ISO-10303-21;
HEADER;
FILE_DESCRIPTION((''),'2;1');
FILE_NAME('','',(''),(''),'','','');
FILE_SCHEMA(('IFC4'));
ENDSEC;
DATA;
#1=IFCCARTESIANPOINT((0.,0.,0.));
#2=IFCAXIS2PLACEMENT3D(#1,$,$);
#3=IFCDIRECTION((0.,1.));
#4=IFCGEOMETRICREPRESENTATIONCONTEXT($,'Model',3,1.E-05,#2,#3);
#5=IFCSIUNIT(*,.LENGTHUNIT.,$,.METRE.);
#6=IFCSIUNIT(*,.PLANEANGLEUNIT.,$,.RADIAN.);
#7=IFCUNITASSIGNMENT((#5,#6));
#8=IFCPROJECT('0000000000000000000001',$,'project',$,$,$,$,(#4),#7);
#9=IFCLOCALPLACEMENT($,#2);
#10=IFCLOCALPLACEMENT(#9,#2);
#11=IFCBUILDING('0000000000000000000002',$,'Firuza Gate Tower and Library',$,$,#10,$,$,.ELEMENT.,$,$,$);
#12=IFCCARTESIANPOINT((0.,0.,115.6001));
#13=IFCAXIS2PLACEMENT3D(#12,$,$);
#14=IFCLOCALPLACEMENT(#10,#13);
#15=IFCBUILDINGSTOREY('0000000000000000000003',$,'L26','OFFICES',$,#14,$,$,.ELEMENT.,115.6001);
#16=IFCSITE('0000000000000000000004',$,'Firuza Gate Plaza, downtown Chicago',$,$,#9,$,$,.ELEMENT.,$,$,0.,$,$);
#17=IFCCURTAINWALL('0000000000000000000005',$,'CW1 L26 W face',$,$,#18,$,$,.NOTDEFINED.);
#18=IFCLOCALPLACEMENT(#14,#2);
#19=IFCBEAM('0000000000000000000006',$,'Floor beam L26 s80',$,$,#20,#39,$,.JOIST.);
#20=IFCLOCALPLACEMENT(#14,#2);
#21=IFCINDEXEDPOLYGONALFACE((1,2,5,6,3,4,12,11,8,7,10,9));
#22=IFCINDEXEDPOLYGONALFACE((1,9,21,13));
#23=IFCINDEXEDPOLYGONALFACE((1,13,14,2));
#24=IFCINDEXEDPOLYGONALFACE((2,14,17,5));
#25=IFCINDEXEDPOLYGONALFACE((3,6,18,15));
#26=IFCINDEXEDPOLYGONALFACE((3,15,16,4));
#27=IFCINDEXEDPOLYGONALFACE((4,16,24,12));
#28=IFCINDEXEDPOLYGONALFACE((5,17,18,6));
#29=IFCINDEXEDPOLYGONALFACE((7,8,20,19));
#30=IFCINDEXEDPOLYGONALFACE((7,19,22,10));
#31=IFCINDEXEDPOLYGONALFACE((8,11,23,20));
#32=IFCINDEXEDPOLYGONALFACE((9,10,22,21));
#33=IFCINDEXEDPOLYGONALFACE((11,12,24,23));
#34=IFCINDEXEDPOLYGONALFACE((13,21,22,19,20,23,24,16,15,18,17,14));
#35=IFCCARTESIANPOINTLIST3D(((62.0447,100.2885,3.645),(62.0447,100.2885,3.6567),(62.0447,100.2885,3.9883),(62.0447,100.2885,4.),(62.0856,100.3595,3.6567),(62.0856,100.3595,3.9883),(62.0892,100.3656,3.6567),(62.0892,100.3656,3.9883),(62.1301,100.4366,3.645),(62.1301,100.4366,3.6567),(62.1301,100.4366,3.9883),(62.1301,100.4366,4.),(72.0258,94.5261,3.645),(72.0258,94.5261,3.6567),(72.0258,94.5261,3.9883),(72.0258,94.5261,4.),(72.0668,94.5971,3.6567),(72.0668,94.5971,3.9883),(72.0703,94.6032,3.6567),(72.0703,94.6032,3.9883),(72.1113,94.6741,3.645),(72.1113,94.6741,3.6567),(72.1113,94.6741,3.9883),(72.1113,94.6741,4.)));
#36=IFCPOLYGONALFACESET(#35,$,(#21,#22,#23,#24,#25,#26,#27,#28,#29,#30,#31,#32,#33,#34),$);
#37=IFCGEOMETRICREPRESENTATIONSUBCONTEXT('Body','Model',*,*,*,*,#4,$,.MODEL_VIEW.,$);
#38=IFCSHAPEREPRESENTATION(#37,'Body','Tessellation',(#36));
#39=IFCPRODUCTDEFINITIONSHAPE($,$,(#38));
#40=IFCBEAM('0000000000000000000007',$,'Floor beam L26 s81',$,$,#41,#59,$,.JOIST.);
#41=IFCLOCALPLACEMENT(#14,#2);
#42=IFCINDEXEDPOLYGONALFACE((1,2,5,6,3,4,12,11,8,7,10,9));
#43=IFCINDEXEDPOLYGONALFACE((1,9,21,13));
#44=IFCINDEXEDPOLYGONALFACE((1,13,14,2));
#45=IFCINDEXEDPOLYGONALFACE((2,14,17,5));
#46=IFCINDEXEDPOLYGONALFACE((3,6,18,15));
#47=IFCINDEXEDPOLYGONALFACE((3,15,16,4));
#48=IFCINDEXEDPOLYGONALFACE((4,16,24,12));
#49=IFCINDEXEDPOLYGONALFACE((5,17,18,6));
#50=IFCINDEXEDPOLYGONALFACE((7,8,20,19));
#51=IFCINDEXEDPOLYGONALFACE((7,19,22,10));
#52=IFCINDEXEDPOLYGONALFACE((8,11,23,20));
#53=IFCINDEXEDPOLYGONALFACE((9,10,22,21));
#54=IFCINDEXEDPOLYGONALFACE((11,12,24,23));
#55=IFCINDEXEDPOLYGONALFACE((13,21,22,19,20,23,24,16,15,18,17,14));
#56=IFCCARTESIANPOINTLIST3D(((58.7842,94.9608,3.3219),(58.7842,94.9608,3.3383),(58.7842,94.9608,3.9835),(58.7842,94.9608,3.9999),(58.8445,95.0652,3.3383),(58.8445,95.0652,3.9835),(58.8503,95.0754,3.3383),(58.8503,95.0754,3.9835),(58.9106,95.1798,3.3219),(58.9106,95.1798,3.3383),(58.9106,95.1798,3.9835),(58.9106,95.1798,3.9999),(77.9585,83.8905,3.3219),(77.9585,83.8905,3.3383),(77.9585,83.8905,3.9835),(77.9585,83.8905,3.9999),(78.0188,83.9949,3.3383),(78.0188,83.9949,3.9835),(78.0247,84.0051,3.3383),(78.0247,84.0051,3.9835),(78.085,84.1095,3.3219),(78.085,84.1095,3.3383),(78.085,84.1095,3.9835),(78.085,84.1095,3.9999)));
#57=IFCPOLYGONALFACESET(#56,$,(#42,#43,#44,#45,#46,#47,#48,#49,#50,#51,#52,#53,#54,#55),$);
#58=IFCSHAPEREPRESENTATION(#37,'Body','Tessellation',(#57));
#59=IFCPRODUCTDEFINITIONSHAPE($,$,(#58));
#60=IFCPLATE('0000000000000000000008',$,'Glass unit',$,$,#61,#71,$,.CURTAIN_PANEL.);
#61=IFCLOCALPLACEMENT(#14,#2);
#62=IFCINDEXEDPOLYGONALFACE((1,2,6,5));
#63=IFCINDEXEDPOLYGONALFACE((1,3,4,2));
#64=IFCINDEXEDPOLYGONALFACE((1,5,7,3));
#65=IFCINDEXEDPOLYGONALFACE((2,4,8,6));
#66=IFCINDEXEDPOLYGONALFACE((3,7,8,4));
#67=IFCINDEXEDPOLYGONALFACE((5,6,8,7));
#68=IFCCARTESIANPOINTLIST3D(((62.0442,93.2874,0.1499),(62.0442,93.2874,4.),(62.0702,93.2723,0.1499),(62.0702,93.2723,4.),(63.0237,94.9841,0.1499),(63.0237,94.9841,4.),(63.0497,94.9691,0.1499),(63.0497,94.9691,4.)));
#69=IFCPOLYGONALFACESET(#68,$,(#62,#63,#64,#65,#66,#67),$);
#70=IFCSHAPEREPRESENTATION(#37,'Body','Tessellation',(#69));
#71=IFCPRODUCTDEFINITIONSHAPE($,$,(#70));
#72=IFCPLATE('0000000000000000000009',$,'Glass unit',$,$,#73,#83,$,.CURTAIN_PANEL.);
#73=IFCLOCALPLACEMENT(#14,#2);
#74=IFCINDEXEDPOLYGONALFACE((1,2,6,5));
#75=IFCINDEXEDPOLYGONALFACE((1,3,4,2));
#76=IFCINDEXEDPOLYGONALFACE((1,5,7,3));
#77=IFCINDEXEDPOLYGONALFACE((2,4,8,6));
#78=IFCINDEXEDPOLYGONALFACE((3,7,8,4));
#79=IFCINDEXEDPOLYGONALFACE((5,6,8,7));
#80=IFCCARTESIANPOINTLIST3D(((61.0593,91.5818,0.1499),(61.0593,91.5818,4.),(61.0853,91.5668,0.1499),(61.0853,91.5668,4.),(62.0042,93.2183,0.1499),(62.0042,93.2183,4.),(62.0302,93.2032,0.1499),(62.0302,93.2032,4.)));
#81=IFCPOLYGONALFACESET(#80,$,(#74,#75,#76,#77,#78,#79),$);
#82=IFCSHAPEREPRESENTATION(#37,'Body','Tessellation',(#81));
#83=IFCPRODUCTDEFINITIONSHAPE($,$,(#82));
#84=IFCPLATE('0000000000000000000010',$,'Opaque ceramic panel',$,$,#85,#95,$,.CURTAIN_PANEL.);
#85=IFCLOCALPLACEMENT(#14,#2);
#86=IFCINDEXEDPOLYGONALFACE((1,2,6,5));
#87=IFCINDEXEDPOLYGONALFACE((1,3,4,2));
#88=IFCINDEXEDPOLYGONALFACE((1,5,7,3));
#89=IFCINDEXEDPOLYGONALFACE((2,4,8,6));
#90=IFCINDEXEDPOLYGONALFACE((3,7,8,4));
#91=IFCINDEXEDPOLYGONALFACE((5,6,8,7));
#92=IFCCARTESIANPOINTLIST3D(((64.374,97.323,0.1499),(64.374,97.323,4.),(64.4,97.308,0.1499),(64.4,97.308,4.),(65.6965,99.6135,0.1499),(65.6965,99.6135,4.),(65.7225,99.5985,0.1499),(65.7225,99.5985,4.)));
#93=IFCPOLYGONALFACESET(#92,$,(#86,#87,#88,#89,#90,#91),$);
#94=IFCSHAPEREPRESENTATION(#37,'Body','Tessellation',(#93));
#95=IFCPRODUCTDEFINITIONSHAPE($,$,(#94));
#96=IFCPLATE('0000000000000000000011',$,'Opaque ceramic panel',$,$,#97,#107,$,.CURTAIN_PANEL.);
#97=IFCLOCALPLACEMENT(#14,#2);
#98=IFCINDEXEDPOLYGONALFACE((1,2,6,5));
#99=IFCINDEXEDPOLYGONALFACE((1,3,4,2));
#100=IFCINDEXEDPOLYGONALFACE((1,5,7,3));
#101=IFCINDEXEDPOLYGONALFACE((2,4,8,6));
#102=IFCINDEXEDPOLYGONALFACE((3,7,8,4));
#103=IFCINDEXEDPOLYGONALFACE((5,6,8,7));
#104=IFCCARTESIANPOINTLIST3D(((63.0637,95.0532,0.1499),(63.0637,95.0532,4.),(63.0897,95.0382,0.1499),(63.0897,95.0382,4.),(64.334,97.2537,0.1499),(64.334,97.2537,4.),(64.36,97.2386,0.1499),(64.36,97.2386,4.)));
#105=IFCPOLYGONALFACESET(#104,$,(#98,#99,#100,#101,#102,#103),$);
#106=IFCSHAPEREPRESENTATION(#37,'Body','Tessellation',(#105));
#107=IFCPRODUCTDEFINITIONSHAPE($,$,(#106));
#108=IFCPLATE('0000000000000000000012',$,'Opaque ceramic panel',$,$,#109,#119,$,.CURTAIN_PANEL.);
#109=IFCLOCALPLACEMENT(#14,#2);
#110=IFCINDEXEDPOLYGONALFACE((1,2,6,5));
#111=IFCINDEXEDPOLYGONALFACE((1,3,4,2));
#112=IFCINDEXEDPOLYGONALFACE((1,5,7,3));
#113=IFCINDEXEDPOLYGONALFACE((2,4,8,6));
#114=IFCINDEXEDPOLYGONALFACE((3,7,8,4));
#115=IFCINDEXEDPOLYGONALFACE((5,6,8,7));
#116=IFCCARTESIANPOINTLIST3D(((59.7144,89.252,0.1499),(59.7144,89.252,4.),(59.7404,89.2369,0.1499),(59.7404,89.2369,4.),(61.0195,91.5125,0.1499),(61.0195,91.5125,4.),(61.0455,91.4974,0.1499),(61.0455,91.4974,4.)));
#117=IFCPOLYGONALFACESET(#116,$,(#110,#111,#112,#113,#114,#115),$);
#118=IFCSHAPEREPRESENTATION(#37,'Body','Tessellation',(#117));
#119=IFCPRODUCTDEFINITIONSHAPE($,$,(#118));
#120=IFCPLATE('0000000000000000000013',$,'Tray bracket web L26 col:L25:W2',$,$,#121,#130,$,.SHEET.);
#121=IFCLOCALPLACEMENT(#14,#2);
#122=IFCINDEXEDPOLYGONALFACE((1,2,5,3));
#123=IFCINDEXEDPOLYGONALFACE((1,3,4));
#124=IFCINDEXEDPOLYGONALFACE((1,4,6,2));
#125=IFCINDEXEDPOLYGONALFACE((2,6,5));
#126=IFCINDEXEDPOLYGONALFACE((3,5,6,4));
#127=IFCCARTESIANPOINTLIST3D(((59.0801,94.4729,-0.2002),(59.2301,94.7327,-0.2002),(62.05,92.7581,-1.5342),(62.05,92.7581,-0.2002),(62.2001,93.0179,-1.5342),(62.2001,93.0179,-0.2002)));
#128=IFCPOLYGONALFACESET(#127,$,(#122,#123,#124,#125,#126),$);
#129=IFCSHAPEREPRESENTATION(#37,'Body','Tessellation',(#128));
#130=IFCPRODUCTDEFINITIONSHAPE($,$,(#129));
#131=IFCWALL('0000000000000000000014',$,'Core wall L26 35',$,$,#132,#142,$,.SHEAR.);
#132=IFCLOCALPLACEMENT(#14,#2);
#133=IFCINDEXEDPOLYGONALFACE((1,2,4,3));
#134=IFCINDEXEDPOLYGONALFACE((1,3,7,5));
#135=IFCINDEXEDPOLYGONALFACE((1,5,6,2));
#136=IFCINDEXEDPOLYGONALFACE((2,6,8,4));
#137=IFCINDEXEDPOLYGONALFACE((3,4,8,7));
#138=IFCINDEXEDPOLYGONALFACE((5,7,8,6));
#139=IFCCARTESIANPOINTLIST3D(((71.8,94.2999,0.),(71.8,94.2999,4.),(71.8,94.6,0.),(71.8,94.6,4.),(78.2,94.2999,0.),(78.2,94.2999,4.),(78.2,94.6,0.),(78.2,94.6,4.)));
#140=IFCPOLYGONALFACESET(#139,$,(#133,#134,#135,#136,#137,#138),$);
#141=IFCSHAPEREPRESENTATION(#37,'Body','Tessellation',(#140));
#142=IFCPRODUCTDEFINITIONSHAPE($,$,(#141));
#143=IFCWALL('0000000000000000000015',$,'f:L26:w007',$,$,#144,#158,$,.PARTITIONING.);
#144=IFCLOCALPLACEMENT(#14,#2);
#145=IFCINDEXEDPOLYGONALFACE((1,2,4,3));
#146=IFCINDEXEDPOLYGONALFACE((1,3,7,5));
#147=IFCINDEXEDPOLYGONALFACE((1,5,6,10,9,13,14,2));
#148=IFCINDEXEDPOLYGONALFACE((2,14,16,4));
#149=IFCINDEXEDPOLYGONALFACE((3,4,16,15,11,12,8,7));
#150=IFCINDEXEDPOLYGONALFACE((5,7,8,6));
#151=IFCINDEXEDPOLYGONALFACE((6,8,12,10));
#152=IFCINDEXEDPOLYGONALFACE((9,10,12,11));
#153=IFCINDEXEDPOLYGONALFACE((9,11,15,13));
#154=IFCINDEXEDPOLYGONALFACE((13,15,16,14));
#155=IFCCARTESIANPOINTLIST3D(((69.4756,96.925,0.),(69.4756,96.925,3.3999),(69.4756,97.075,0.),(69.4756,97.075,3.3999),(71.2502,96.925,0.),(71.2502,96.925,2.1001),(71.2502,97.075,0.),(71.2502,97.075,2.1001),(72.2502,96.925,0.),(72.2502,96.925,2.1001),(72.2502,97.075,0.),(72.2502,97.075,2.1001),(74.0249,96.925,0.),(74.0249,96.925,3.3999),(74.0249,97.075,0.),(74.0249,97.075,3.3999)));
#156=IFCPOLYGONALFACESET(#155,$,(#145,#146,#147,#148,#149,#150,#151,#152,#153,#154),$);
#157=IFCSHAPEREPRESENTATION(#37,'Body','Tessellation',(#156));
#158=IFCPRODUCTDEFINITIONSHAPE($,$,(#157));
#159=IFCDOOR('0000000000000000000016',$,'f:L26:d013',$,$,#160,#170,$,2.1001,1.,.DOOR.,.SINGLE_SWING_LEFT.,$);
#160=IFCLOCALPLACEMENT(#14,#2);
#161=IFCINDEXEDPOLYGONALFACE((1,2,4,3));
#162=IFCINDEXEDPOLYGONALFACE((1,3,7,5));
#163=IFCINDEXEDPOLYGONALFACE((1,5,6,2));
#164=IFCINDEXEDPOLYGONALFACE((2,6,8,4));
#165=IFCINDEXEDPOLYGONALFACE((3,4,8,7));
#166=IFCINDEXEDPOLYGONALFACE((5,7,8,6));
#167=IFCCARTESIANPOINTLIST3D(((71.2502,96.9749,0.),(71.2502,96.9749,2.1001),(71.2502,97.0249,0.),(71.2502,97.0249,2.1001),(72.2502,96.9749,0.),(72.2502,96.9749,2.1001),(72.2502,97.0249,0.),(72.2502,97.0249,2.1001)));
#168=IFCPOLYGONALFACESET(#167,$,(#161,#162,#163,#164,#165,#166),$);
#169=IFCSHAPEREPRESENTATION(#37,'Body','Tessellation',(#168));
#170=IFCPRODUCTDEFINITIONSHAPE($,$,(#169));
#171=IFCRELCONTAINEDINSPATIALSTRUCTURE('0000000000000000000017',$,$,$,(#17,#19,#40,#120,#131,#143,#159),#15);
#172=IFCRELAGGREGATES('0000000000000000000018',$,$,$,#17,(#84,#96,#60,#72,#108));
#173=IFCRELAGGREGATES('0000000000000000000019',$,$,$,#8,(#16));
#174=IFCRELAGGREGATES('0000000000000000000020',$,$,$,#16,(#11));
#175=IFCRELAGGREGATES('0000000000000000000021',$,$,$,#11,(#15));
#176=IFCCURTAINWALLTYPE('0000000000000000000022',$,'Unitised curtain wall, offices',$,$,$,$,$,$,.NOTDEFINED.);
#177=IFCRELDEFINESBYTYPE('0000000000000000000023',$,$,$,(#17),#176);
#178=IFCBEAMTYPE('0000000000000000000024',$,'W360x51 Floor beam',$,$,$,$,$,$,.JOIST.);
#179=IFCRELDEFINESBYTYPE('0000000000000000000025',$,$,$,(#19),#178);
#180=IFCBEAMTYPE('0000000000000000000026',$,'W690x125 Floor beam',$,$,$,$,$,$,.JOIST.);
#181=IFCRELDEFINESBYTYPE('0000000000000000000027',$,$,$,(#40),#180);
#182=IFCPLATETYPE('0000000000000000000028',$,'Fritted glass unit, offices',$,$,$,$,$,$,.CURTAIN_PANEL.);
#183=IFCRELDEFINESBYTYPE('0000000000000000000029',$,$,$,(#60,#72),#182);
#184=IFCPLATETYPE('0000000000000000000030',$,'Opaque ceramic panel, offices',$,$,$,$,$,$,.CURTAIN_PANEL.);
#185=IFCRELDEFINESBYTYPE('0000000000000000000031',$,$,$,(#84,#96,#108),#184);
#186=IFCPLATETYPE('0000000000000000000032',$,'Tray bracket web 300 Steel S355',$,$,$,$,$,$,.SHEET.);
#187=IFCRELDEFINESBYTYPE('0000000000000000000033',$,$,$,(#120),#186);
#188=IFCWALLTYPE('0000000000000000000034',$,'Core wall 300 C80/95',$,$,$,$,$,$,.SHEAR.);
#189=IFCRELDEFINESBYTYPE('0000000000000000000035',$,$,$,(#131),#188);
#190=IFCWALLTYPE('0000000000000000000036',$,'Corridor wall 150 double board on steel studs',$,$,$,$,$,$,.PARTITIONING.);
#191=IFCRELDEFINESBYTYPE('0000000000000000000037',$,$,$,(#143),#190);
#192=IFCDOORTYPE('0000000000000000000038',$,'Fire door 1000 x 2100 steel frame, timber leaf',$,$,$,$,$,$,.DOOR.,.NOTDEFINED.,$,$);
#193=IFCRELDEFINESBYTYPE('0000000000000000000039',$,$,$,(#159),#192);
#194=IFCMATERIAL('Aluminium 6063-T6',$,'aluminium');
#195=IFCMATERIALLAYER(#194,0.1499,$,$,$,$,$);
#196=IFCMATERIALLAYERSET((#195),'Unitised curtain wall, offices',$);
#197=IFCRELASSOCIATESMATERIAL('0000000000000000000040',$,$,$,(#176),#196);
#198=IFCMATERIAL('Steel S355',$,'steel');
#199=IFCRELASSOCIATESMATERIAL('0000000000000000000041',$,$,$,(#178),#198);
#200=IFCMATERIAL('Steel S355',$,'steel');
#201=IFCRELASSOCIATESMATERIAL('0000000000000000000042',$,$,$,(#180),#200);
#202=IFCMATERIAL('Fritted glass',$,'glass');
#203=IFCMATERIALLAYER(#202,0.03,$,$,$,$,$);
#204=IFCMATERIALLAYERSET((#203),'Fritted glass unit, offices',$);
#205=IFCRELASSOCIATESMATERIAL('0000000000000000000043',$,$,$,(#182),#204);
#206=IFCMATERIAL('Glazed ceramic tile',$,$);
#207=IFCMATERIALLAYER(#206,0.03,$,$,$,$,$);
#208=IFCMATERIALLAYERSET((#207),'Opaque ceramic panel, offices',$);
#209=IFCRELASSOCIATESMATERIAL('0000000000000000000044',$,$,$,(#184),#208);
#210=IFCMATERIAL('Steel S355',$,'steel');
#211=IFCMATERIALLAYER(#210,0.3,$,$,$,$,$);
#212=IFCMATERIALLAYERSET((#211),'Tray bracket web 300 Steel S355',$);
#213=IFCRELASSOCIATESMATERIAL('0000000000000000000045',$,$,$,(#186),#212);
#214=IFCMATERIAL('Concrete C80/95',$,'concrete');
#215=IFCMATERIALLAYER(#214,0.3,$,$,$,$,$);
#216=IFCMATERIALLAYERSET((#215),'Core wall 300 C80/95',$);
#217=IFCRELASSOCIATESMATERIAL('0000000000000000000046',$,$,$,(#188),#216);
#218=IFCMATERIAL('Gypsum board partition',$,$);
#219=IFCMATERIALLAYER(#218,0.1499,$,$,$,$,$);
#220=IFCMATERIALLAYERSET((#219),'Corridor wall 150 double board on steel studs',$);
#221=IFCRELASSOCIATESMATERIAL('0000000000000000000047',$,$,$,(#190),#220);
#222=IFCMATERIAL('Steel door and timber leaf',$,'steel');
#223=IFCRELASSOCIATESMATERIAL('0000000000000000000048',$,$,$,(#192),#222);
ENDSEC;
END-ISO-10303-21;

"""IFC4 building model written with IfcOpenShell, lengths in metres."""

from ifc_helpers import new_model, si_unit, direction, frame, frame_2d, origin, origin_2d, place, context, subcontext, project, spatial, polyline, rectangle, i_section, outline, extrude, material, layer, layer_set, material_profile, profile_set, type_object, element, fill, aggregate, save


model = new_model("IFC4")

# Units and contexts
model_context = context("Model", 3, precision=1e-05, world=origin(), true_north=direction((0.0, 1.0)))
body_context = subcontext(model_context, "Body", "Model", "MODEL_VIEW")
ifc_project = project(units=[si_unit("LENGTHUNIT", "METRE"), si_unit("PLANEANGLEUNIT", "RADIAN")], contexts=[model_context])

# Site, building, storey
site_placement = place(None, origin())
site = spatial("IfcSite", under=ifc_project, at=site_placement, Name="Firuza Gate Plaza, downtown Chicago", CompositionType="ELEMENT", RefElevation=0.0)
building_placement = place(site_placement, origin())
building = spatial("IfcBuilding", under=site, at=building_placement, Name="Firuza Gate Tower and Library", CompositionType="ELEMENT")
storey_placement = place(building_placement, frame((0.0, 0.0, 115.6001)))
storey = spatial("IfcBuildingStorey", under=building, at=storey_placement, Name="L26", Description="OFFICES", CompositionType="ELEMENT", Elevation=115.6001)

# Curtain wall
ifc_material_1 = material(Name="Aluminium 6063-T6", Category="aluminium")
ifc_layer_1 = layer(ifc_material_1, 0.1499)
ifc_layer_set_1 = layer_set([ifc_layer_1], Name="Unitised curtain wall, offices")
curtain_wall_type = type_object("IfcCurtainWallType", Name="Unitised curtain wall, offices", PredefinedType="NOTDEFINED", material=ifc_layer_set_1)
placement = place(storey_placement, origin())
curtain_wall = element("IfcCurtainWall", 1, at=placement, inside=storey, type_object=curtain_wall_type, Name="CW1 L26 W face", PredefinedType="NOTDEFINED")

# Beams
ifc_material_2 = material(Name="Steel S355", Category="steel")
ifc_material_profile_1 = material_profile(ifc_material_2, i_section(OverallWidth=0.1709, OverallDepth=0.355, WebThickness=0.0071, FlangeThickness=0.0117, at=origin_2d()))
ifc_profile_set_1 = profile_set([ifc_material_profile_1], Name="Steel S355")
beam_type_1 = type_object("IfcBeamType", Name="W360x51 Floor beam", PredefinedType="JOIST", material=ifc_profile_set_1)
beam_1_placement = place(storey_placement, frame((62.0874, 100.3625, 3.8225), z_axis=(0.866033, -0.499987, 0.0), x_axis=(0.499987, 0.866033, 0.0)))
element("IfcBeam", 2, at=beam_1_placement, inside=storey, type_object=beam_type_1, Name="Floor beam L26 s80", PredefinedType="JOIST", context=body_context, shape_type="SweptSolid", body=[
    extrude(i_section(OverallWidth=0.1709, OverallDepth=0.355, WebThickness=0.0071, FlangeThickness=0.0117, at=origin_2d()), origin(), (0.0, 0.0, 1.0), 11.5251),
])
ifc_material_3 = material(Name="Steel S355", Category="steel")
ifc_material_profile_2 = material_profile(ifc_material_3, i_section(OverallWidth=0.2529, OverallDepth=0.678, WebThickness=0.0117, FlangeThickness=0.0164, at=origin_2d()))
ifc_profile_set_2 = profile_set([ifc_material_profile_2], Name="Steel S355")
beam_type_2 = type_object("IfcBeamType", Name="W690x125 Floor beam", PredefinedType="JOIST", material=ifc_profile_set_2)
beam_2_placement = place(storey_placement, frame((58.8474, 95.0703, 3.6609), z_axis=(0.866025, -0.500001, 0.0), x_axis=(0.500001, 0.866025, 0.0)))
element("IfcBeam", 3, at=beam_2_placement, inside=storey, type_object=beam_type_2, Name="Floor beam L26 s81", PredefinedType="JOIST", context=body_context, shape_type="SweptSolid", body=[
    extrude(i_section(OverallWidth=0.2529, OverallDepth=0.678, WebThickness=0.0117, FlangeThickness=0.0164, at=origin_2d()), origin(), (0.0, 0.0, 1.0), 22.1406),
])

# Plates
ifc_material_4 = material(Name="Fritted glass", Category="glass")
ifc_layer_2 = layer(ifc_material_4, 0.03)
ifc_layer_set_2 = layer_set([ifc_layer_2], Name="Fritted glass unit, offices")
plate_type_1 = type_object("IfcPlateType", Name="Fritted glass unit, offices", PredefinedType="CURTAIN_PANEL", material=ifc_layer_set_2)
plate_1_placement = place(storey_placement, frame((63.0237, 94.9841, 0.1499), z_axis=(-0.866057, 0.499945, 0.0), x_axis=(-0.499945, -0.866057, 0.0)))
plate_1 = element("IfcPlate", 4, at=plate_1_placement, type_object=plate_type_1, Name="Glass unit", PredefinedType="CURTAIN_PANEL", context=body_context, shape_type="SweptSolid", body=[
    extrude(outline(polyline([(0.0, 0.0), (1.9592, 0.0), (1.9592, 3.8501), (0.0, 3.8501), (0.0, 0.0)])), origin(), (0.0, 0.0, -1.0), 0.03),
])
plate_2_placement = place(storey_placement, frame((62.0042, 93.2183, 0.1499), z_axis=(-0.866024, 0.500002, 0.0), x_axis=(-0.500002, -0.866024, 0.0)))
plate_2 = element("IfcPlate", 5, at=plate_2_placement, type_object=plate_type_1, Name="Glass unit", PredefinedType="CURTAIN_PANEL", context=body_context, shape_type="SweptSolid", body=[
    extrude(outline(polyline([(0.0, 0.0), (1.8896, 0.0), (1.8896, 3.8501), (0.0, 3.8501), (0.0, 0.0)])), origin(), (0.0, 0.0, -1.0), 0.03),
])
ifc_material_5 = material(Name="Glazed ceramic tile")
ifc_layer_3 = layer(ifc_material_5, 0.03)
ifc_layer_set_3 = layer_set([ifc_layer_3], Name="Opaque ceramic panel, offices")
plate_type_2 = type_object("IfcPlateType", Name="Opaque ceramic panel, offices", PredefinedType="CURTAIN_PANEL", material=ifc_layer_set_3)
plate_3_placement = place(storey_placement, frame((65.6965, 99.6135, 0.1499), z_axis=(-0.866013, 0.500021, 0.0), x_axis=(-0.500021, -0.866013, 0.0)))
plate_3 = element("IfcPlate", 6, at=plate_3_placement, type_object=plate_type_2, Name="Opaque ceramic panel", PredefinedType="CURTAIN_PANEL", context=body_context, shape_type="SweptSolid", body=[
    extrude(outline(polyline([(0.0, 0.0), (2.6449, 0.0), (2.6449, 3.8501), (0.0, 3.8501), (0.0, 0.0)])), origin(), (0.0, 0.0, -1.0), 0.03),
])
plate_4_placement = place(storey_placement, frame((64.334, 97.2537, 0.1499), z_axis=(-0.866053, 0.499953, 0.0), x_axis=(-0.499953, -0.866053, 0.0)))
plate_4 = element("IfcPlate", 7, at=plate_4_placement, type_object=plate_type_2, Name="Opaque ceramic panel", PredefinedType="CURTAIN_PANEL", context=body_context, shape_type="SweptSolid", body=[
    extrude(outline(polyline([(0.0, 0.0), (2.5408, 0.0), (2.5408, 3.8501), (0.0, 3.8501), (0.0, 0.0)])), origin(), (0.0, 0.0, -1.0), 0.03),
])
plate_5_placement = place(storey_placement, frame((61.0195, 91.5125, 0.1499), z_axis=(-0.866013, 0.500022, 0.0), x_axis=(-0.500022, -0.866013, 0.0)))
plate_5 = element("IfcPlate", 8, at=plate_5_placement, type_object=plate_type_2, Name="Opaque ceramic panel", PredefinedType="CURTAIN_PANEL", context=body_context, shape_type="SweptSolid", body=[
    extrude(outline(polyline([(0.0, 0.0), (2.6102, 0.0), (2.6102, 3.8501), (0.0, 3.8501), (0.0, 0.0)])), origin(), (0.0, 0.0, -1.0), 0.03),
])
aggregate(curtain_wall, [plate_3, plate_4, plate_1, plate_2, plate_5])
ifc_material_6 = material(Name="Steel S355", Category="steel")
ifc_layer_4 = layer(ifc_material_6, 0.3)
ifc_layer_set_4 = layer_set([ifc_layer_4], Name="Tray bracket web 300 Steel S355")
plate_type_3 = type_object("IfcPlateType", Name="Tray bracket web 300 Steel S355", PredefinedType="SHEET", material=ifc_layer_set_4)
plate_6_placement = place(storey_placement, frame((62.05, 92.7581, -0.2002), z_axis=(-0.500029, -0.866009, 0.0), x_axis=(-0.866009, 0.500029, 0.0)))
element("IfcPlate", 9, at=plate_6_placement, inside=storey, type_object=plate_type_3, Name="Tray bracket web L26 col:L25:W2", PredefinedType="SHEET", context=body_context, shape_type="SweptSolid", body=[
    extrude(outline(polyline([(0.0, 0.0), (3.4295, 0.0), (0.0, 1.334), (0.0, 0.0)])), origin(), (0.0, 0.0, -1.0), 0.3),
])

# Wall
ifc_material_7 = material(Name="Concrete C80/95", Category="concrete")
ifc_layer_5 = layer(ifc_material_7, 0.3)
ifc_layer_set_5 = layer_set([ifc_layer_5], Name="Core wall 300 C80/95")
wall_type_1 = type_object("IfcWallType", Name="Core wall 300 C80/95", PredefinedType="SHEAR", material=ifc_layer_set_5)
wall_1_placement = place(storey_placement, frame((71.8, 94.45, 0.0), z_axis=(0.0, 0.0, 1.0), x_axis=(1.0, 0.0, 0.0)))
element("IfcWall", 10, at=wall_1_placement, inside=storey, type_object=wall_type_1, Name="Core wall L26 35", PredefinedType="SHEAR", context=body_context, shape_type="SweptSolid", body=[
    extrude(rectangle(XDim=6.3999, YDim=0.3, at=frame_2d((3.2, 0.0))), origin(), (0.0, 0.0, 1.0), 4.0),
])

# Wall, opening, door
ifc_material_8 = material(Name="Gypsum board partition")
ifc_layer_6 = layer(ifc_material_8, 0.1499)
ifc_layer_set_6 = layer_set([ifc_layer_6], Name="Corridor wall 150 double board on steel studs")
wall_type_2 = type_object("IfcWallType", Name="Corridor wall 150 double board on steel studs", PredefinedType="PARTITIONING", material=ifc_layer_set_6)
wall_2_placement = place(storey_placement, frame((69.4756, 97.0, 0.0), z_axis=(0.0, 0.0, 1.0), x_axis=(1.0, 0.0, 0.0)))
wall_2 = element("IfcWall", 11, at=wall_2_placement, inside=storey, type_object=wall_type_2, Name="f:L26:w007", PredefinedType="PARTITIONING", context=body_context, shape_type="SweptSolid", body=[
    extrude(rectangle(XDim=4.5493, YDim=0.1499, at=frame_2d((2.2747, 0.0))), origin(), (0.0, 0.0, 1.0), 3.3999),
])
opening_placement = place(wall_2_placement, frame((1.7747, 0.0, 0.0)))
opening = element("IfcOpeningElement", 12, at=opening_placement, cuts=wall_2, PredefinedType="OPENING", context=body_context, shape_type="SweptSolid", body=[
    extrude(rectangle(XDim=1.0, YDim=2.1001, at=frame_2d((0.5, 1.05))), frame((0.0, 0.085, 0.0), z_axis=(0.0, -1.0, 0.0), x_axis=(1.0, 0.0, 0.0)), (0.0, 0.0, 1.0), 0.1699),
])
ifc_material_9 = material(Name="Steel door and timber leaf", Category="steel")
door_type = type_object("IfcDoorType", Name="Fire door 1000 x 2100 steel frame, timber leaf", OperationType="NOTDEFINED", PredefinedType="DOOR", material=ifc_material_9)
door_placement = place(opening_placement, origin())
door = element("IfcDoor", 13, at=door_placement, inside=storey, type_object=door_type, Name="f:L26:d013", OperationType="SINGLE_SWING_LEFT", OverallHeight=2.1001, OverallWidth=1.0, PredefinedType="DOOR", context=body_context, shape_type="SweptSolid", body=[
    extrude(rectangle(XDim=1.0, YDim=2.1001, at=frame_2d((0.5, 1.05))), frame((0.0, 0.0249, 0.0), z_axis=(0.0, -1.0, 0.0), x_axis=(1.0, 0.0, 0.0)), (0.0, 0.0, 1.0), 0.05),
])
fill(opening, door)

save(model, "model.ifc")
